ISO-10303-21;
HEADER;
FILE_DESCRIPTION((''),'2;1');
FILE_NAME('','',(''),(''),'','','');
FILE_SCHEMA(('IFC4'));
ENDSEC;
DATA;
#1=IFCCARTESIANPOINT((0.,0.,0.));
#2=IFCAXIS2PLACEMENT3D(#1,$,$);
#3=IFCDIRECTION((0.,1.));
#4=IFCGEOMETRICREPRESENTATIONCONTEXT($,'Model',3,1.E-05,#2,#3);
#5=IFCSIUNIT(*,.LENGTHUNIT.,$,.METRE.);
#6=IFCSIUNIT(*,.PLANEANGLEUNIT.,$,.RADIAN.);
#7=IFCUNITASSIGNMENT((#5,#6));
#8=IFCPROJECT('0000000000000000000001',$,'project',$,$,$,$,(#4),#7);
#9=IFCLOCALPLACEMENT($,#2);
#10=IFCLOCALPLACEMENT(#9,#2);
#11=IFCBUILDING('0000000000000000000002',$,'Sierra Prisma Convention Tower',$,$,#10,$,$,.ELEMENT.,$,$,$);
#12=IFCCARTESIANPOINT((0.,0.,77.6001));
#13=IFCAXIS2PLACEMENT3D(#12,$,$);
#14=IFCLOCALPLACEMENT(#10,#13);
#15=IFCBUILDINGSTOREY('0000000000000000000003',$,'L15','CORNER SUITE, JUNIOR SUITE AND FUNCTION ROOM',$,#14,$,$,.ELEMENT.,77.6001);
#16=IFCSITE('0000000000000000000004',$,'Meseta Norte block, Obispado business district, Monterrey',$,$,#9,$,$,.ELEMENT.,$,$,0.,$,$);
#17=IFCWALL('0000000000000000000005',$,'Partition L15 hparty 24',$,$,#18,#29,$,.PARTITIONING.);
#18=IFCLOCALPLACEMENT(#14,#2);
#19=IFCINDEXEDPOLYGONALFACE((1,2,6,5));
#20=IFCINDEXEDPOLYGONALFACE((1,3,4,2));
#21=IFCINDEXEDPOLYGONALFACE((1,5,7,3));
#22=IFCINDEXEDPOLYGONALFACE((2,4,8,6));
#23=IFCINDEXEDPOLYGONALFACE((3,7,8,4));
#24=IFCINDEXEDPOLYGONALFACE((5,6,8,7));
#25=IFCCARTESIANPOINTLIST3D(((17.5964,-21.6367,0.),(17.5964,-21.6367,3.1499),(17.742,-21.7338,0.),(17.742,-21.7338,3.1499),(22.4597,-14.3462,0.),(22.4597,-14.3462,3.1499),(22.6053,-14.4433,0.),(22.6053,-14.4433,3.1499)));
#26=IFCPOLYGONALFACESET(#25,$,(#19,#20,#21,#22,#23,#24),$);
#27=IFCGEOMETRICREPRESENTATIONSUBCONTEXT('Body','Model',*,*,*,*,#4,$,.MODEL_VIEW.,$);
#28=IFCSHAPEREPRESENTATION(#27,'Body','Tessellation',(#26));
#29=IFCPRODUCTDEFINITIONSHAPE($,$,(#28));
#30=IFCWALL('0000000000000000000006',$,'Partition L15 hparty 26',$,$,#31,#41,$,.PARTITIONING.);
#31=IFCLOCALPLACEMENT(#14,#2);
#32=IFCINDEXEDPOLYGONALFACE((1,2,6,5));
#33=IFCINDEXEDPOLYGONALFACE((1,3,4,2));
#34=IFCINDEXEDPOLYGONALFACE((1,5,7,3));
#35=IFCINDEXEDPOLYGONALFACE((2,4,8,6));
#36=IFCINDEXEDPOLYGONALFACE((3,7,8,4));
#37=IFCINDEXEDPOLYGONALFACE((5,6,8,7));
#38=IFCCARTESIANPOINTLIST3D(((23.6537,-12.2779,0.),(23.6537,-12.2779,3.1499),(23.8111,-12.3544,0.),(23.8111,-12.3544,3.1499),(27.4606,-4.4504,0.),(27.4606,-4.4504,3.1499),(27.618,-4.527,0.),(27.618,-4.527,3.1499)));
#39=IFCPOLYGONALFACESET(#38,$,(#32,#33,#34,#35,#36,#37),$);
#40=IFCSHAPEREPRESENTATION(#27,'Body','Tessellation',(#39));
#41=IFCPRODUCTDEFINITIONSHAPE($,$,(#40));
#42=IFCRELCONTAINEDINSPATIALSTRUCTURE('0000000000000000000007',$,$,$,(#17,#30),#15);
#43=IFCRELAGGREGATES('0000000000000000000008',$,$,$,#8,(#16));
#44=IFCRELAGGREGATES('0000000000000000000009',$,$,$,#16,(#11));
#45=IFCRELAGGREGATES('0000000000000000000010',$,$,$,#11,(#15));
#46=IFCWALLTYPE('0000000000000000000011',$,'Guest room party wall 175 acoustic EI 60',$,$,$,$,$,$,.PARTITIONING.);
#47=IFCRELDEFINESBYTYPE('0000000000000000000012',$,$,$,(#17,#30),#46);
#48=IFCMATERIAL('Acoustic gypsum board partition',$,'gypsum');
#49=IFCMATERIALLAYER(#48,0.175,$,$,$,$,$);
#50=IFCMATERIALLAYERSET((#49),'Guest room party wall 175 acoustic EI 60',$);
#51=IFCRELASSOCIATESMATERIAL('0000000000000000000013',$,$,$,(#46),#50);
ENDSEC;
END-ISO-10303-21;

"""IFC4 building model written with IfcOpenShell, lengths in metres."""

from ifc_helpers import new_model, si_unit, direction, frame, frame_2d, origin, place, context, subcontext, project, spatial, rectangle, extrude, material, layer, layer_set, type_object, element, save


model = new_model("IFC4")

# Units and contexts
model_context = context("Model", 3, precision=1e-05, world=origin(), true_north=direction((0.0, 1.0)))
body_context = subcontext(model_context, "Body", "Model", "MODEL_VIEW")
ifc_project = project(units=[si_unit("LENGTHUNIT", "METRE"), si_unit("PLANEANGLEUNIT", "RADIAN")], contexts=[model_context])

# Site, building, storey
site_placement = place(None, origin())
site = spatial("IfcSite", under=ifc_project, at=site_placement, Name="Meseta Norte block, Obispado business district, Monterrey", CompositionType="ELEMENT", RefElevation=0.0)
building_placement = place(site_placement, origin())
building = spatial("IfcBuilding", under=site, at=building_placement, Name="Sierra Prisma Convention Tower", CompositionType="ELEMENT")
storey_placement = place(building_placement, frame((0.0, 0.0, 77.6001)))
storey = spatial("IfcBuildingStorey", under=building, at=storey_placement, Name="L15", Description="CORNER SUITE, JUNIOR SUITE AND FUNCTION ROOM", CompositionType="ELEMENT", Elevation=77.6001)

# Walls
ifc_material_1 = material(Name="Acoustic gypsum board partition", Category="gypsum")
ifc_layer_1 = layer(ifc_material_1, 0.175)
ifc_layer_set_1 = layer_set([ifc_layer_1], Name="Guest room party wall 175 acoustic EI 60")
wall_type_1 = type_object("IfcWallType", Name="Guest room party wall 175 acoustic EI 60", PredefinedType="PARTITIONING", material=ifc_layer_set_1)
wall_1_placement = place(storey_placement, frame((22.5325, -14.3948, 0.0), z_axis=(0.0, 0.0, 1.0), x_axis=(-0.554932, -0.831896, 0.0)))
element("IfcWall", 1, at=wall_1_placement, inside=storey, type_object=wall_type_1, Name="Partition L15 hparty 24", PredefinedType="PARTITIONING", context=body_context, shape_type="SweptSolid", body=[
    extrude(rectangle(XDim=8.7637, YDim=0.175, at=frame_2d((4.3818, 0.0))), origin(), (0.0, 0.0, 1.0), 3.1499),
])
wall_2_placement = place(storey_placement, frame((23.7324, -12.3162, 0.0), z_axis=(0.0, 0.0, 1.0), x_axis=(0.437369, 0.899282, 0.0)))
element("IfcWall", 2, at=wall_2_placement, inside=storey, type_object=wall_type_1, Name="Partition L15 hparty 26", PredefinedType="PARTITIONING", context=body_context, shape_type="SweptSolid", body=[
    extrude(rectangle(XDim=8.7041, YDim=0.175, at=frame_2d((4.3521, 0.0))), origin(), (0.0, 0.0, 1.0), 3.1499),
])

save(model, "model.ifc")
